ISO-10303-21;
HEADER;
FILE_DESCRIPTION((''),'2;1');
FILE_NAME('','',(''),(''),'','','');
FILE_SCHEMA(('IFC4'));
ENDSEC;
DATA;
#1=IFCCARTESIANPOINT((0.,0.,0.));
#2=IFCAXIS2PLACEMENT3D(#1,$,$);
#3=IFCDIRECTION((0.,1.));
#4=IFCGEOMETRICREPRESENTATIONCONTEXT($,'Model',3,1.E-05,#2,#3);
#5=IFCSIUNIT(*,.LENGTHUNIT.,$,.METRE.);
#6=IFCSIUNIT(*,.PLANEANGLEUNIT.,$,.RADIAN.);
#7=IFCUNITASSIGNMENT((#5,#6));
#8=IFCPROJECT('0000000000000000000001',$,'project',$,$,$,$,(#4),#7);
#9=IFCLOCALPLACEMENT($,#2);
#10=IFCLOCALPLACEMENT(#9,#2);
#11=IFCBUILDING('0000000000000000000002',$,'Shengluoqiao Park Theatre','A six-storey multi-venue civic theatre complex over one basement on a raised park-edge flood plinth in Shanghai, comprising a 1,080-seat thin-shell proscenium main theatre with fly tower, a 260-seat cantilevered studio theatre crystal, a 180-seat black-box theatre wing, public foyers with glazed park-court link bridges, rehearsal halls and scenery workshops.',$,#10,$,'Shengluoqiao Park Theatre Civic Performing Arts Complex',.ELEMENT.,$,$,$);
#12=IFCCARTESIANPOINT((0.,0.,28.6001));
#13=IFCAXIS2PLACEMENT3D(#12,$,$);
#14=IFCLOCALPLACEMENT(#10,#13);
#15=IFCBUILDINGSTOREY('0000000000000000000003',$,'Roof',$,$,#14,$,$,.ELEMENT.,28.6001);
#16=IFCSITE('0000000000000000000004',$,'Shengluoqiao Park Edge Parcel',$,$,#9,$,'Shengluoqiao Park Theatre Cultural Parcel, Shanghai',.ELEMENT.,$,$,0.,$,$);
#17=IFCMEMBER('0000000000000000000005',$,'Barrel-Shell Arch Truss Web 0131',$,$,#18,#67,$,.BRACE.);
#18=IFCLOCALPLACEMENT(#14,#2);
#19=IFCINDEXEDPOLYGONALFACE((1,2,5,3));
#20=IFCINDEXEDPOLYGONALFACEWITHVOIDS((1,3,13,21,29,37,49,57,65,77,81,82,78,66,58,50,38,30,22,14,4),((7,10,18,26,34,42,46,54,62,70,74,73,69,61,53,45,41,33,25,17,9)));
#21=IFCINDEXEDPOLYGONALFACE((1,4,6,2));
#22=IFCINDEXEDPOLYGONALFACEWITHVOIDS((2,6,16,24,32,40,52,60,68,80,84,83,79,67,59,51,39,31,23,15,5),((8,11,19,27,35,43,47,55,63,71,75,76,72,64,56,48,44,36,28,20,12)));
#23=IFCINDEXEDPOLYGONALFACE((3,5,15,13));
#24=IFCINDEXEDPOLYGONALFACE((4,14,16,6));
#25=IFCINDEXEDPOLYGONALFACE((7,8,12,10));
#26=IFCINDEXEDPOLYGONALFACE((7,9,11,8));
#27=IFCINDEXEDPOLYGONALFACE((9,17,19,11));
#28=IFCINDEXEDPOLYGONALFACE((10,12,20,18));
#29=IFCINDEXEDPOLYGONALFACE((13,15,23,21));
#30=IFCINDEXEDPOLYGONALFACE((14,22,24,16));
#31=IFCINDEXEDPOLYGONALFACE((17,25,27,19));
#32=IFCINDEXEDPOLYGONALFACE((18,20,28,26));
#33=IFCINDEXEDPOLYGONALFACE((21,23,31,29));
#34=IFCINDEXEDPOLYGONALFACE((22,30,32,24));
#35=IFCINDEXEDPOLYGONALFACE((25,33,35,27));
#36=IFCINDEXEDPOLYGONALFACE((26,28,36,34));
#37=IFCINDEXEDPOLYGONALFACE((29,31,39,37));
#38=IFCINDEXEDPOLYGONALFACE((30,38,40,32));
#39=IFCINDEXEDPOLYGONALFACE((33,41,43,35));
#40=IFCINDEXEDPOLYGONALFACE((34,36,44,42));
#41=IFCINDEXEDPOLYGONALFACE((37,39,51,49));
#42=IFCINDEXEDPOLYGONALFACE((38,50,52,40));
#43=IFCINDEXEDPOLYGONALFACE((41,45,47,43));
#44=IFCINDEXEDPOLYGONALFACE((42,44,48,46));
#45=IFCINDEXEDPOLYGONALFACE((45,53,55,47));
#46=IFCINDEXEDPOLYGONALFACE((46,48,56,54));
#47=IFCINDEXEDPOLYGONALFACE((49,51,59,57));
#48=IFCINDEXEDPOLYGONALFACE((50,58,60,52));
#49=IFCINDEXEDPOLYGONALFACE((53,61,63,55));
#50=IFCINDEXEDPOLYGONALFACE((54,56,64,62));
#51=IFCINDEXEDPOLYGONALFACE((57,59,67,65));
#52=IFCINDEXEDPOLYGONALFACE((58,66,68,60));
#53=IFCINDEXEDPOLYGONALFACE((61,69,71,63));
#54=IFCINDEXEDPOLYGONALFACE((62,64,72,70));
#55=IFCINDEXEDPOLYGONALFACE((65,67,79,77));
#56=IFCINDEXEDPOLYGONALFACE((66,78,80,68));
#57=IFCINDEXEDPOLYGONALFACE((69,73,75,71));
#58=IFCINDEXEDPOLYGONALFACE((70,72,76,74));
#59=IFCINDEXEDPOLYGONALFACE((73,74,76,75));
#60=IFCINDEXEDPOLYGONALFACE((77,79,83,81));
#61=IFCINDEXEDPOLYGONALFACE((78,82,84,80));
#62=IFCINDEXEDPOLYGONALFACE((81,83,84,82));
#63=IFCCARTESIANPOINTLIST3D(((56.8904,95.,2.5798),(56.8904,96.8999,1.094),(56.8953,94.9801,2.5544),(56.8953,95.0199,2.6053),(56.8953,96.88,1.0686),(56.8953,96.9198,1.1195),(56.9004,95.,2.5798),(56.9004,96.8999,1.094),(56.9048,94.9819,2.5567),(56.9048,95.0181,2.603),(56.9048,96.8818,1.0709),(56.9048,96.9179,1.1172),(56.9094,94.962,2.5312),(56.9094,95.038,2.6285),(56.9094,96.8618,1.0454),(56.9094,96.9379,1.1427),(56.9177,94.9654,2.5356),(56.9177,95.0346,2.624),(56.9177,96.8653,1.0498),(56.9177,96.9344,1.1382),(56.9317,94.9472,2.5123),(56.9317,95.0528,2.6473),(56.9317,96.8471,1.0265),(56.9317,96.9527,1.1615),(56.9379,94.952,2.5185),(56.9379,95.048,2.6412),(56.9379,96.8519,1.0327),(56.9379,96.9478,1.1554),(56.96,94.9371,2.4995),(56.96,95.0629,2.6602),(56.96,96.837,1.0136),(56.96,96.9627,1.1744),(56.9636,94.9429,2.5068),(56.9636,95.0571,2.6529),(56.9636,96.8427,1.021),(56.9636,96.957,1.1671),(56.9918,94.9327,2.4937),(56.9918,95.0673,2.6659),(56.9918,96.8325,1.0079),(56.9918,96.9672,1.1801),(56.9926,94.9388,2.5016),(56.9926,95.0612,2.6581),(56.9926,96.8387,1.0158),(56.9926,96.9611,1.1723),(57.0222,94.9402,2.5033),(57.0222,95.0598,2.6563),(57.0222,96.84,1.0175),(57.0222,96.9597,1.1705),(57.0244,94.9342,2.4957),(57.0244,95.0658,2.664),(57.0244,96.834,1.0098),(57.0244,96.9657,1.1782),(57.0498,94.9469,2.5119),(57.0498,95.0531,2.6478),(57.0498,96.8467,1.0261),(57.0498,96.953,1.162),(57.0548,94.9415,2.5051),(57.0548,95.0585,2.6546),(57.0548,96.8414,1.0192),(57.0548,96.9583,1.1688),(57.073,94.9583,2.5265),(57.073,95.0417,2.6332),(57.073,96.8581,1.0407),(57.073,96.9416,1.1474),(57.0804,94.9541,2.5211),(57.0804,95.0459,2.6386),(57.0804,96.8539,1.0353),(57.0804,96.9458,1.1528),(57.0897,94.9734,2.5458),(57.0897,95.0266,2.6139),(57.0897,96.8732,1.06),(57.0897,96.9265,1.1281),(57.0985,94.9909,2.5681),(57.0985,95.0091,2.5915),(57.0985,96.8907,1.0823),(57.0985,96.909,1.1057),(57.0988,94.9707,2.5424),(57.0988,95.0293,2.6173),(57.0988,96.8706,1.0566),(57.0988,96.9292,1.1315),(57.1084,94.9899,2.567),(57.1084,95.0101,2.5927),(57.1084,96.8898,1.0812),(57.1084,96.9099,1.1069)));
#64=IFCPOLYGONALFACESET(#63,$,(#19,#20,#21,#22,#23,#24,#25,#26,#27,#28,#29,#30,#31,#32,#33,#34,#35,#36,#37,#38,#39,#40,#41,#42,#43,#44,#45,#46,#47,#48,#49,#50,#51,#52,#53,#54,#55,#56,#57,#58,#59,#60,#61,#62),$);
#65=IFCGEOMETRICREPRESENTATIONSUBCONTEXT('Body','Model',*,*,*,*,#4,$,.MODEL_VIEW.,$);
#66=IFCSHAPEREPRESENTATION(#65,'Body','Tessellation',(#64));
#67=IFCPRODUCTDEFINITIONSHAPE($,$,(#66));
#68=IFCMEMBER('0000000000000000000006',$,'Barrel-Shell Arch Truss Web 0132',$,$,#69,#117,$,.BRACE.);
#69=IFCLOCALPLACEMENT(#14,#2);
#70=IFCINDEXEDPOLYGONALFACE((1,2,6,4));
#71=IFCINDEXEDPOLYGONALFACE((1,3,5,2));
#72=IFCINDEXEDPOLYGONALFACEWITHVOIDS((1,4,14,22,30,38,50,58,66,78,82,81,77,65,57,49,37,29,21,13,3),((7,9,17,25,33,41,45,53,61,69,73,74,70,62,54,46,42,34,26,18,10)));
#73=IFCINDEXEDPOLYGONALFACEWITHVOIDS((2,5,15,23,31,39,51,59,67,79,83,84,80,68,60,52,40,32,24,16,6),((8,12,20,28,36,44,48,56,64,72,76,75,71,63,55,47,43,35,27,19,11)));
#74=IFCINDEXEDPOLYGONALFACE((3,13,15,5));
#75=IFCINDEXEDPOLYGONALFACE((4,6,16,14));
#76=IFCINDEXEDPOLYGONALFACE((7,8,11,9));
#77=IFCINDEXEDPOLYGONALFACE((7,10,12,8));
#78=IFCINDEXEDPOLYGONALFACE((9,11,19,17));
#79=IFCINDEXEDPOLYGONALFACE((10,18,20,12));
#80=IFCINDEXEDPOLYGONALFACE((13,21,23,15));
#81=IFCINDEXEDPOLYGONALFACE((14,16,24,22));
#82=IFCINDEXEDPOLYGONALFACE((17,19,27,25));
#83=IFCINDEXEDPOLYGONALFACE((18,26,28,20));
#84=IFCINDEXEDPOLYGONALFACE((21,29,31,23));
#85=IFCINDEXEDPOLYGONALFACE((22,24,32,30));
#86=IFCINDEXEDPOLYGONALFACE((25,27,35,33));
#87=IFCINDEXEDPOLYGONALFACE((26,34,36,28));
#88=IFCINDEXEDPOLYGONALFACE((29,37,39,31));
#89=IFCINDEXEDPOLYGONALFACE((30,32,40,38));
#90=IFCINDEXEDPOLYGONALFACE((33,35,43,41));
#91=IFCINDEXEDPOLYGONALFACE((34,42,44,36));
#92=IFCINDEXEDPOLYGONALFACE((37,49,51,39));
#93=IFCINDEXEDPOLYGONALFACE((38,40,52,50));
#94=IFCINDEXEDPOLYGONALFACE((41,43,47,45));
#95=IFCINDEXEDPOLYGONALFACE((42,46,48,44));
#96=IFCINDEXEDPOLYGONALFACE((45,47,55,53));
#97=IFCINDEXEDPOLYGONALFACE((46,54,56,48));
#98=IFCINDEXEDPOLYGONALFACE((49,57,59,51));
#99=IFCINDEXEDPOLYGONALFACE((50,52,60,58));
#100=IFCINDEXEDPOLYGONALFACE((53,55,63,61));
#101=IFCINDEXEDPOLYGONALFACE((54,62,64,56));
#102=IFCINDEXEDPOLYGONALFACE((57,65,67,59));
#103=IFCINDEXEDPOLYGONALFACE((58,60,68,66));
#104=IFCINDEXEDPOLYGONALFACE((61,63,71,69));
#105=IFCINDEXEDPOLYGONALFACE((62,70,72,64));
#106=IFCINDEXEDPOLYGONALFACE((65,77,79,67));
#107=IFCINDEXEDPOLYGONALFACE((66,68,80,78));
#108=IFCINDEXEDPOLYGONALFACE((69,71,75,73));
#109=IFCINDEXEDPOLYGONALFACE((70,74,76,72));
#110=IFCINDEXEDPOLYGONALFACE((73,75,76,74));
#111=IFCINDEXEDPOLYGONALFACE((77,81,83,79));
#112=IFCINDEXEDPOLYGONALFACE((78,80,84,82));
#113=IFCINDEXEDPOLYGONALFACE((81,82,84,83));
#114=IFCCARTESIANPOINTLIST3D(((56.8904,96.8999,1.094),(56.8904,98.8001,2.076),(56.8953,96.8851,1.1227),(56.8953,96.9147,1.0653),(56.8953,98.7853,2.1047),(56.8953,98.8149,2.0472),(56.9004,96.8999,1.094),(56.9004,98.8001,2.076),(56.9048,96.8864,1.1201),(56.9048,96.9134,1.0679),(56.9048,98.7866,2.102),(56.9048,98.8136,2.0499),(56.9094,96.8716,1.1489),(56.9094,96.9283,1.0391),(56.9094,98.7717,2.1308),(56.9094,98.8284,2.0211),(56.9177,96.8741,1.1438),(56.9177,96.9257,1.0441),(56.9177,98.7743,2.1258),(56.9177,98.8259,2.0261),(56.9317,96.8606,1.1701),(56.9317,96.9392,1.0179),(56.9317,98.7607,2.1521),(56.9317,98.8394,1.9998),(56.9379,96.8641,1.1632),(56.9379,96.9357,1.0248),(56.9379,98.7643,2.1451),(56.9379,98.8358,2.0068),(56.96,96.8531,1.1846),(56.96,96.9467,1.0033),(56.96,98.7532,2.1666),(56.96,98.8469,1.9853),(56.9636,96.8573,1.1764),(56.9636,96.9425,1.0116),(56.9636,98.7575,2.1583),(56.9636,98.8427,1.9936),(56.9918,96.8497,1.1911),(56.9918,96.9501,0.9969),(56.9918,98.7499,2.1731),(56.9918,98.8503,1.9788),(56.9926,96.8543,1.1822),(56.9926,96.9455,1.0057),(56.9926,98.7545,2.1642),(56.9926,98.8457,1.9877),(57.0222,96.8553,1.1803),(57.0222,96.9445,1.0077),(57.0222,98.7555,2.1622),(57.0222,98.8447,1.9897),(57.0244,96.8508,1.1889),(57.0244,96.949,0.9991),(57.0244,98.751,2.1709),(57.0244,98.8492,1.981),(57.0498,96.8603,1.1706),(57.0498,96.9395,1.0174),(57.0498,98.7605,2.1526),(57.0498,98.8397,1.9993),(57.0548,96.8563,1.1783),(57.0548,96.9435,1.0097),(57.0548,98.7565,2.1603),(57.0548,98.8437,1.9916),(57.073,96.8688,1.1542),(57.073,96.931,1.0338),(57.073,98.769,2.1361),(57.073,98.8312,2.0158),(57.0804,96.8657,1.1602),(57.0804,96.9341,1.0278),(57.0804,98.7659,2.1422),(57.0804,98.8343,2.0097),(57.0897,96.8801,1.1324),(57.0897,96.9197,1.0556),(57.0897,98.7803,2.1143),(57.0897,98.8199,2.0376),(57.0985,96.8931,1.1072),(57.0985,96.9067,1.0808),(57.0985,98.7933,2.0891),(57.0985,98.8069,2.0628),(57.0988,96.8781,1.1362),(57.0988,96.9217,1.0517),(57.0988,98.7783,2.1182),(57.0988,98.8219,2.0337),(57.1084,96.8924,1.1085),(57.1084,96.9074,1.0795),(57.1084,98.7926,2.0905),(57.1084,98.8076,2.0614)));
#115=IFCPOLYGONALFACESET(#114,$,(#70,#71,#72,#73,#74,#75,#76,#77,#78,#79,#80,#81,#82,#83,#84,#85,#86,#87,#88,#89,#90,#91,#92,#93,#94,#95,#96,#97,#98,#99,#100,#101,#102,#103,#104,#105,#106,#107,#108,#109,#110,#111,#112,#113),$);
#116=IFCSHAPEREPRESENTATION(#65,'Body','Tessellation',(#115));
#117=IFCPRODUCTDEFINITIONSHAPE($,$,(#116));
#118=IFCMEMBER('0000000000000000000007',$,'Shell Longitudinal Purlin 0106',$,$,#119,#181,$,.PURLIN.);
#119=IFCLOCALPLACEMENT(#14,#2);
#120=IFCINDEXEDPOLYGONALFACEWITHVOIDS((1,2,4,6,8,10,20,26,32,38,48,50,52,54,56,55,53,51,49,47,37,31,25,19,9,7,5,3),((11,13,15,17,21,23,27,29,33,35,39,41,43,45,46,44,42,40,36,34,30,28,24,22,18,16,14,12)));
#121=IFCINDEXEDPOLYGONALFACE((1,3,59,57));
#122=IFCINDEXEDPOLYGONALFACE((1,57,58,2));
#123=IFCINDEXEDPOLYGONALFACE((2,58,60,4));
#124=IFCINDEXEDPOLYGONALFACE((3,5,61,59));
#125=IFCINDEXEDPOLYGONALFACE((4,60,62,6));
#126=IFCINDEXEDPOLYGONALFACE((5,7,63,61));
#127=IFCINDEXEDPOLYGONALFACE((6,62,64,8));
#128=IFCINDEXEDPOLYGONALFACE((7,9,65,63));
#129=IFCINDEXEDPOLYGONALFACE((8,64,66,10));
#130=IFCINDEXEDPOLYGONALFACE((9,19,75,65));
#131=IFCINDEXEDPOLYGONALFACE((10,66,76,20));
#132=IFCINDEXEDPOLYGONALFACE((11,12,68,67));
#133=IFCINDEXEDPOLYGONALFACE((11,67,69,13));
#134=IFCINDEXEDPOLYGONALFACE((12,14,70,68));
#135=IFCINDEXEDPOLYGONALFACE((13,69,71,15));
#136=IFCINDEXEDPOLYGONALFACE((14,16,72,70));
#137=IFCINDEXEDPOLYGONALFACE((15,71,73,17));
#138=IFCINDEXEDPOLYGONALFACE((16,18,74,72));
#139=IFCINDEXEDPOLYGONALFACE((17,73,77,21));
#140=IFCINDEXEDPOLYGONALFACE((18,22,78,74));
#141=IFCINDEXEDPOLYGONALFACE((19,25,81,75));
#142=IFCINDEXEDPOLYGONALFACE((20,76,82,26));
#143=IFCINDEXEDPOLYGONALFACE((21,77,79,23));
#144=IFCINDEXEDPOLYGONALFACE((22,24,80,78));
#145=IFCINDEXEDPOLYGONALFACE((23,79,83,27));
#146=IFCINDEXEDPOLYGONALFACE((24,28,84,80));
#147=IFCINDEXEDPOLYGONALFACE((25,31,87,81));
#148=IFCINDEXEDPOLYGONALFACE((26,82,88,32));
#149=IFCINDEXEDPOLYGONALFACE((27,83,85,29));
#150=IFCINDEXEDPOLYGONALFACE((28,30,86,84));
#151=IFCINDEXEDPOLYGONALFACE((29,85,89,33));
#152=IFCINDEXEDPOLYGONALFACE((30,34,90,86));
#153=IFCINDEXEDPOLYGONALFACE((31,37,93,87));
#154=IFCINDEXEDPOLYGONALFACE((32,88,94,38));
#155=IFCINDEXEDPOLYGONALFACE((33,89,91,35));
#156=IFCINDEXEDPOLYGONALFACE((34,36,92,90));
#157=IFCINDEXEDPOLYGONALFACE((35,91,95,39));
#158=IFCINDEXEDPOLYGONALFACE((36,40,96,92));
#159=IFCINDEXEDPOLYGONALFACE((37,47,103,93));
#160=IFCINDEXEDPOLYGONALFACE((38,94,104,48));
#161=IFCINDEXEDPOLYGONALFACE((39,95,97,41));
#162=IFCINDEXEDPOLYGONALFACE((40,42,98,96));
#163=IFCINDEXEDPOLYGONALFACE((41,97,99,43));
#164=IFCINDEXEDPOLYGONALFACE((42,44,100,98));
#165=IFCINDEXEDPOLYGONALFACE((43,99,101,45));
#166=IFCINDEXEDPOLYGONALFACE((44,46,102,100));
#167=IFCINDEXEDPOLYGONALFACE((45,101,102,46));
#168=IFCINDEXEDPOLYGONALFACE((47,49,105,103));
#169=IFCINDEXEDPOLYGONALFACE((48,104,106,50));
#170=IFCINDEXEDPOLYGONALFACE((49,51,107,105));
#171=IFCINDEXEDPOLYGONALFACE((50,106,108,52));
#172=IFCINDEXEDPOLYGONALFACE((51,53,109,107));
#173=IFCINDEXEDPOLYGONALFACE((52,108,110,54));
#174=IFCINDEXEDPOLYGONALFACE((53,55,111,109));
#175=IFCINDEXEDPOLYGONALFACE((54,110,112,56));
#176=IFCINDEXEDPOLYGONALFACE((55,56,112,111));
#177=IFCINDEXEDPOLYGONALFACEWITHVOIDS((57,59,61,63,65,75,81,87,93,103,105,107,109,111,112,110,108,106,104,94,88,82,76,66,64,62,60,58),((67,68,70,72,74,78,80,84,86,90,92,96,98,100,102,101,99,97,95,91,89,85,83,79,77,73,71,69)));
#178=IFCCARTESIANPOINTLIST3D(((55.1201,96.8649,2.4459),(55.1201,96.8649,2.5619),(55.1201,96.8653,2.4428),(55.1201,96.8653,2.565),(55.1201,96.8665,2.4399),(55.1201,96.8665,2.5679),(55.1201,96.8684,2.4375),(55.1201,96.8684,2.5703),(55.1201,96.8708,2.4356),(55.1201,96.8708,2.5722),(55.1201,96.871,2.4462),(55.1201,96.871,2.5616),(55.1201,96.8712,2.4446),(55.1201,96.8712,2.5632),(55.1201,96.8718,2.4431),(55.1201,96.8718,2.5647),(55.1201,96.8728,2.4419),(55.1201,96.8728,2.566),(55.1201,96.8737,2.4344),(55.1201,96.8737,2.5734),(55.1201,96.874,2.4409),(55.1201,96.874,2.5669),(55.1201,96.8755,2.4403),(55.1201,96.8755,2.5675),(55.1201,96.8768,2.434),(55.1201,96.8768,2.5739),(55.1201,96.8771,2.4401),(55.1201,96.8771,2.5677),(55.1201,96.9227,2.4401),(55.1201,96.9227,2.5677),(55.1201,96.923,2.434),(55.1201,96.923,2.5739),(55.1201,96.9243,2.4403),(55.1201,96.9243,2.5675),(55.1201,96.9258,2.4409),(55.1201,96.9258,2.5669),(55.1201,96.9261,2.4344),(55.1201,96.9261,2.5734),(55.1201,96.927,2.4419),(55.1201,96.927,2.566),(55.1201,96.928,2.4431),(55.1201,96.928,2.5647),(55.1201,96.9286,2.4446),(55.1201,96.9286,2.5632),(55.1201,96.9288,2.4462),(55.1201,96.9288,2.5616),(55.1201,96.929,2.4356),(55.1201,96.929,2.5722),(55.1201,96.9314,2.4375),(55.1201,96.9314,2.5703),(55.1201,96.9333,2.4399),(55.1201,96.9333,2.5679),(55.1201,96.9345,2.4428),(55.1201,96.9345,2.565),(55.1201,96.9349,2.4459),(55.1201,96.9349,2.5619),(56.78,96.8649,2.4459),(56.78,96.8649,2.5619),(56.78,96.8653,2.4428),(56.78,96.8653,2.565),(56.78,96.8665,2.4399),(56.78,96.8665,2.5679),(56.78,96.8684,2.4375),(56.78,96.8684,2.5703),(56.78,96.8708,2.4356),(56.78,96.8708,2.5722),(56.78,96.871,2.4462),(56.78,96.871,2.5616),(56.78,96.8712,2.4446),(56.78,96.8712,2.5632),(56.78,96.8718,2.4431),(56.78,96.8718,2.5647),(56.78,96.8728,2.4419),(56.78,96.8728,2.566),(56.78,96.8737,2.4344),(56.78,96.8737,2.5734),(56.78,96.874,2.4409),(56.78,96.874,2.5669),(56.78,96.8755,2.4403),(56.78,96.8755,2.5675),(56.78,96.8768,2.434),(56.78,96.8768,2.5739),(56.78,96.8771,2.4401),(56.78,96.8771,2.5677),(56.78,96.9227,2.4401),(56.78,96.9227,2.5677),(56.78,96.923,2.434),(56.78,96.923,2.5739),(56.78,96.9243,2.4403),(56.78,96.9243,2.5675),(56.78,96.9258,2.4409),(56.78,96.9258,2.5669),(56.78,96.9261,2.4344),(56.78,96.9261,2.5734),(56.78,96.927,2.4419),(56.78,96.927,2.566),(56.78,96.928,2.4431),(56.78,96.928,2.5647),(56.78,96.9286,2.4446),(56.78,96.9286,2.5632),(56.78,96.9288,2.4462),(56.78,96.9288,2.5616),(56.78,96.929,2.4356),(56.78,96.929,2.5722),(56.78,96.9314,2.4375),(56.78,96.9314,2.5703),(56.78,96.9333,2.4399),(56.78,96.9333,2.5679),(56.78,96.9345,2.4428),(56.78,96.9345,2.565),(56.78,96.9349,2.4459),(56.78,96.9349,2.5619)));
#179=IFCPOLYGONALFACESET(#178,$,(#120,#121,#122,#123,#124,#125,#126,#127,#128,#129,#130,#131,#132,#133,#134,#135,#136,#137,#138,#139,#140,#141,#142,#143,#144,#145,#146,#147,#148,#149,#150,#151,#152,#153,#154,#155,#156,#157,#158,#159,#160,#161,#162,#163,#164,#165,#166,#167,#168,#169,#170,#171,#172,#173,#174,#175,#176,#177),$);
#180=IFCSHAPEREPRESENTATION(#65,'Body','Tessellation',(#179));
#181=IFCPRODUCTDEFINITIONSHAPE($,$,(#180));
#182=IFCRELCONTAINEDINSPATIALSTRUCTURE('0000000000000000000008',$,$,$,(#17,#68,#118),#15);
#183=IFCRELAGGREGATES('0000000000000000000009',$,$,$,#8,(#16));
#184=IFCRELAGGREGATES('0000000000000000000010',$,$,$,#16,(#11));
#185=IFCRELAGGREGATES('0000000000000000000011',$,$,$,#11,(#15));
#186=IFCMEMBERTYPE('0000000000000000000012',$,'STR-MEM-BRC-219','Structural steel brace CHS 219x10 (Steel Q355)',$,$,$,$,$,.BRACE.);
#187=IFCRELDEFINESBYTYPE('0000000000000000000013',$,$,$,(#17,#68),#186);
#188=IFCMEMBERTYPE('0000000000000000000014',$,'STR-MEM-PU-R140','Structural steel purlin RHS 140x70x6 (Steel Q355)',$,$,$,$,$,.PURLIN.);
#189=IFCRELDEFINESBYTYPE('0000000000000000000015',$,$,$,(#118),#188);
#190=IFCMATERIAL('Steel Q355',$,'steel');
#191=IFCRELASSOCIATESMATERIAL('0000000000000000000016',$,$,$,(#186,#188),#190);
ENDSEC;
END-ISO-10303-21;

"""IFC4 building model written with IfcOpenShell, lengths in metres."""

from ifc_helpers import new_model, si_unit, direction, frame, origin, origin_2d, place, context, subcontext, project, spatial, hollow_rectangle, hollow_circle, extrude, material, material_profile, profile_set, type_object, element, save


model = new_model("IFC4")

# Units and contexts
model_context = context("Model", 3, precision=1e-05, world=origin(), true_north=direction((0.0, 1.0)))
body_context = subcontext(model_context, "Body", "Model", "MODEL_VIEW")
ifc_project = project(units=[si_unit("LENGTHUNIT", "METRE"), si_unit("PLANEANGLEUNIT", "RADIAN")], contexts=[model_context])

# Site, building, storey
site_placement = place(None, origin())
site = spatial("IfcSite", under=ifc_project, at=site_placement, Name="Shengluoqiao Park Edge Parcel", LongName="Shengluoqiao Park Theatre Cultural Parcel, Shanghai", CompositionType="ELEMENT", RefElevation=0.0)
building_placement = place(site_placement, origin())
building = spatial("IfcBuilding", under=site, at=building_placement, Name="Shengluoqiao Park Theatre", Description="A six-storey multi-venue civic theatre complex over one basement on a raised park-edge flood plinth in Shanghai, comprising a 1,080-seat thin-shell proscenium main theatre with fly tower, a 260-seat cantilevered studio theatre crystal, a 180-seat black-box theatre wing, public foyers with glazed park-court link bridges, rehearsal halls and scenery workshops.", LongName="Shengluoqiao Park Theatre Civic Performing Arts Complex", CompositionType="ELEMENT")
storey_placement = place(building_placement, frame((0.0, 0.0, 28.6001)))
storey = spatial("IfcBuildingStorey", under=building, at=storey_placement, Name="Roof", CompositionType="ELEMENT", Elevation=28.6001)

# Shared definitions
ifc_material_1 = material(Name="Steel Q355", Category="steel")

# Members
ifc_material_profile_1 = material_profile(ifc_material_1, hollow_circle(Radius=0.1096, WallThickness=0.01, at=origin_2d()), Name="CHS 219x10")
ifc_profile_set_1 = profile_set([ifc_material_profile_1], Name="Steel Q355")
member_type_1 = type_object("IfcMemberType", Name="STR-MEM-BRC-219", Description="Structural steel brace CHS 219x10 (Steel Q355)", PredefinedType="BRACE", material=ifc_profile_set_1)
member_1_placement = place(storey_placement, frame((57.0, 95.0, 2.5798), z_axis=(0.0, 0.787714, -0.616041), x_axis=(-1.0, 0.0, 0.0)))
element("IfcMember", 1, at=member_1_placement, inside=storey, type_object=member_type_1, Name="Barrel-Shell Arch Truss Web 0131", PredefinedType="BRACE", context=body_context, shape_type="SweptSolid", body=[
    extrude(hollow_circle(Radius=0.1096, WallThickness=0.01, at=origin_2d()), origin(), (0.0, 0.0, 1.0), 2.4119),
])
member_2_placement = place(storey_placement, frame((57.0, 96.8999, 1.094), z_axis=(0.0, 0.888389, 0.459091), x_axis=(-1.0, 0.0, 0.0)))
element("IfcMember", 2, at=member_2_placement, inside=storey, type_object=member_type_1, Name="Barrel-Shell Arch Truss Web 0132", PredefinedType="BRACE", context=body_context, shape_type="SweptSolid", body=[
    extrude(hollow_circle(Radius=0.1096, WallThickness=0.01, at=origin_2d()), origin(), (0.0, 0.0, 1.0), 2.1389),
])
ifc_material_profile_2 = material_profile(ifc_material_1, hollow_rectangle(XDim=0.0701, YDim=0.1399, WallThickness=0.0061, InnerFilletRadius=0.0061, OuterFilletRadius=0.012, at=origin_2d()), Name="RHS 140x70x6")
ifc_profile_set_2 = profile_set([ifc_material_profile_2], Name="Steel Q355")
member_type_2 = type_object("IfcMemberType", Name="STR-MEM-PU-R140", Description="Structural steel purlin RHS 140x70x6 (Steel Q355)", PredefinedType="PURLIN", material=ifc_profile_set_2)
member_3_placement = place(storey_placement, frame((55.1201, 96.8999, 2.5039), z_axis=(1.0, 0.0, 0.0), x_axis=(0.0, 1.0, 0.0)))
element("IfcMember", 3, at=member_3_placement, inside=storey, type_object=member_type_2, Name="Shell Longitudinal Purlin 0106", PredefinedType="PURLIN", context=body_context, shape_type="SweptSolid", body=[
    extrude(hollow_rectangle(XDim=0.0701, YDim=0.1399, WallThickness=0.0061, InnerFilletRadius=0.0061, OuterFilletRadius=0.012, at=origin_2d()), origin(), (0.0, 0.0, 1.0), 1.6599),
])

save(model, "model.ifc")
